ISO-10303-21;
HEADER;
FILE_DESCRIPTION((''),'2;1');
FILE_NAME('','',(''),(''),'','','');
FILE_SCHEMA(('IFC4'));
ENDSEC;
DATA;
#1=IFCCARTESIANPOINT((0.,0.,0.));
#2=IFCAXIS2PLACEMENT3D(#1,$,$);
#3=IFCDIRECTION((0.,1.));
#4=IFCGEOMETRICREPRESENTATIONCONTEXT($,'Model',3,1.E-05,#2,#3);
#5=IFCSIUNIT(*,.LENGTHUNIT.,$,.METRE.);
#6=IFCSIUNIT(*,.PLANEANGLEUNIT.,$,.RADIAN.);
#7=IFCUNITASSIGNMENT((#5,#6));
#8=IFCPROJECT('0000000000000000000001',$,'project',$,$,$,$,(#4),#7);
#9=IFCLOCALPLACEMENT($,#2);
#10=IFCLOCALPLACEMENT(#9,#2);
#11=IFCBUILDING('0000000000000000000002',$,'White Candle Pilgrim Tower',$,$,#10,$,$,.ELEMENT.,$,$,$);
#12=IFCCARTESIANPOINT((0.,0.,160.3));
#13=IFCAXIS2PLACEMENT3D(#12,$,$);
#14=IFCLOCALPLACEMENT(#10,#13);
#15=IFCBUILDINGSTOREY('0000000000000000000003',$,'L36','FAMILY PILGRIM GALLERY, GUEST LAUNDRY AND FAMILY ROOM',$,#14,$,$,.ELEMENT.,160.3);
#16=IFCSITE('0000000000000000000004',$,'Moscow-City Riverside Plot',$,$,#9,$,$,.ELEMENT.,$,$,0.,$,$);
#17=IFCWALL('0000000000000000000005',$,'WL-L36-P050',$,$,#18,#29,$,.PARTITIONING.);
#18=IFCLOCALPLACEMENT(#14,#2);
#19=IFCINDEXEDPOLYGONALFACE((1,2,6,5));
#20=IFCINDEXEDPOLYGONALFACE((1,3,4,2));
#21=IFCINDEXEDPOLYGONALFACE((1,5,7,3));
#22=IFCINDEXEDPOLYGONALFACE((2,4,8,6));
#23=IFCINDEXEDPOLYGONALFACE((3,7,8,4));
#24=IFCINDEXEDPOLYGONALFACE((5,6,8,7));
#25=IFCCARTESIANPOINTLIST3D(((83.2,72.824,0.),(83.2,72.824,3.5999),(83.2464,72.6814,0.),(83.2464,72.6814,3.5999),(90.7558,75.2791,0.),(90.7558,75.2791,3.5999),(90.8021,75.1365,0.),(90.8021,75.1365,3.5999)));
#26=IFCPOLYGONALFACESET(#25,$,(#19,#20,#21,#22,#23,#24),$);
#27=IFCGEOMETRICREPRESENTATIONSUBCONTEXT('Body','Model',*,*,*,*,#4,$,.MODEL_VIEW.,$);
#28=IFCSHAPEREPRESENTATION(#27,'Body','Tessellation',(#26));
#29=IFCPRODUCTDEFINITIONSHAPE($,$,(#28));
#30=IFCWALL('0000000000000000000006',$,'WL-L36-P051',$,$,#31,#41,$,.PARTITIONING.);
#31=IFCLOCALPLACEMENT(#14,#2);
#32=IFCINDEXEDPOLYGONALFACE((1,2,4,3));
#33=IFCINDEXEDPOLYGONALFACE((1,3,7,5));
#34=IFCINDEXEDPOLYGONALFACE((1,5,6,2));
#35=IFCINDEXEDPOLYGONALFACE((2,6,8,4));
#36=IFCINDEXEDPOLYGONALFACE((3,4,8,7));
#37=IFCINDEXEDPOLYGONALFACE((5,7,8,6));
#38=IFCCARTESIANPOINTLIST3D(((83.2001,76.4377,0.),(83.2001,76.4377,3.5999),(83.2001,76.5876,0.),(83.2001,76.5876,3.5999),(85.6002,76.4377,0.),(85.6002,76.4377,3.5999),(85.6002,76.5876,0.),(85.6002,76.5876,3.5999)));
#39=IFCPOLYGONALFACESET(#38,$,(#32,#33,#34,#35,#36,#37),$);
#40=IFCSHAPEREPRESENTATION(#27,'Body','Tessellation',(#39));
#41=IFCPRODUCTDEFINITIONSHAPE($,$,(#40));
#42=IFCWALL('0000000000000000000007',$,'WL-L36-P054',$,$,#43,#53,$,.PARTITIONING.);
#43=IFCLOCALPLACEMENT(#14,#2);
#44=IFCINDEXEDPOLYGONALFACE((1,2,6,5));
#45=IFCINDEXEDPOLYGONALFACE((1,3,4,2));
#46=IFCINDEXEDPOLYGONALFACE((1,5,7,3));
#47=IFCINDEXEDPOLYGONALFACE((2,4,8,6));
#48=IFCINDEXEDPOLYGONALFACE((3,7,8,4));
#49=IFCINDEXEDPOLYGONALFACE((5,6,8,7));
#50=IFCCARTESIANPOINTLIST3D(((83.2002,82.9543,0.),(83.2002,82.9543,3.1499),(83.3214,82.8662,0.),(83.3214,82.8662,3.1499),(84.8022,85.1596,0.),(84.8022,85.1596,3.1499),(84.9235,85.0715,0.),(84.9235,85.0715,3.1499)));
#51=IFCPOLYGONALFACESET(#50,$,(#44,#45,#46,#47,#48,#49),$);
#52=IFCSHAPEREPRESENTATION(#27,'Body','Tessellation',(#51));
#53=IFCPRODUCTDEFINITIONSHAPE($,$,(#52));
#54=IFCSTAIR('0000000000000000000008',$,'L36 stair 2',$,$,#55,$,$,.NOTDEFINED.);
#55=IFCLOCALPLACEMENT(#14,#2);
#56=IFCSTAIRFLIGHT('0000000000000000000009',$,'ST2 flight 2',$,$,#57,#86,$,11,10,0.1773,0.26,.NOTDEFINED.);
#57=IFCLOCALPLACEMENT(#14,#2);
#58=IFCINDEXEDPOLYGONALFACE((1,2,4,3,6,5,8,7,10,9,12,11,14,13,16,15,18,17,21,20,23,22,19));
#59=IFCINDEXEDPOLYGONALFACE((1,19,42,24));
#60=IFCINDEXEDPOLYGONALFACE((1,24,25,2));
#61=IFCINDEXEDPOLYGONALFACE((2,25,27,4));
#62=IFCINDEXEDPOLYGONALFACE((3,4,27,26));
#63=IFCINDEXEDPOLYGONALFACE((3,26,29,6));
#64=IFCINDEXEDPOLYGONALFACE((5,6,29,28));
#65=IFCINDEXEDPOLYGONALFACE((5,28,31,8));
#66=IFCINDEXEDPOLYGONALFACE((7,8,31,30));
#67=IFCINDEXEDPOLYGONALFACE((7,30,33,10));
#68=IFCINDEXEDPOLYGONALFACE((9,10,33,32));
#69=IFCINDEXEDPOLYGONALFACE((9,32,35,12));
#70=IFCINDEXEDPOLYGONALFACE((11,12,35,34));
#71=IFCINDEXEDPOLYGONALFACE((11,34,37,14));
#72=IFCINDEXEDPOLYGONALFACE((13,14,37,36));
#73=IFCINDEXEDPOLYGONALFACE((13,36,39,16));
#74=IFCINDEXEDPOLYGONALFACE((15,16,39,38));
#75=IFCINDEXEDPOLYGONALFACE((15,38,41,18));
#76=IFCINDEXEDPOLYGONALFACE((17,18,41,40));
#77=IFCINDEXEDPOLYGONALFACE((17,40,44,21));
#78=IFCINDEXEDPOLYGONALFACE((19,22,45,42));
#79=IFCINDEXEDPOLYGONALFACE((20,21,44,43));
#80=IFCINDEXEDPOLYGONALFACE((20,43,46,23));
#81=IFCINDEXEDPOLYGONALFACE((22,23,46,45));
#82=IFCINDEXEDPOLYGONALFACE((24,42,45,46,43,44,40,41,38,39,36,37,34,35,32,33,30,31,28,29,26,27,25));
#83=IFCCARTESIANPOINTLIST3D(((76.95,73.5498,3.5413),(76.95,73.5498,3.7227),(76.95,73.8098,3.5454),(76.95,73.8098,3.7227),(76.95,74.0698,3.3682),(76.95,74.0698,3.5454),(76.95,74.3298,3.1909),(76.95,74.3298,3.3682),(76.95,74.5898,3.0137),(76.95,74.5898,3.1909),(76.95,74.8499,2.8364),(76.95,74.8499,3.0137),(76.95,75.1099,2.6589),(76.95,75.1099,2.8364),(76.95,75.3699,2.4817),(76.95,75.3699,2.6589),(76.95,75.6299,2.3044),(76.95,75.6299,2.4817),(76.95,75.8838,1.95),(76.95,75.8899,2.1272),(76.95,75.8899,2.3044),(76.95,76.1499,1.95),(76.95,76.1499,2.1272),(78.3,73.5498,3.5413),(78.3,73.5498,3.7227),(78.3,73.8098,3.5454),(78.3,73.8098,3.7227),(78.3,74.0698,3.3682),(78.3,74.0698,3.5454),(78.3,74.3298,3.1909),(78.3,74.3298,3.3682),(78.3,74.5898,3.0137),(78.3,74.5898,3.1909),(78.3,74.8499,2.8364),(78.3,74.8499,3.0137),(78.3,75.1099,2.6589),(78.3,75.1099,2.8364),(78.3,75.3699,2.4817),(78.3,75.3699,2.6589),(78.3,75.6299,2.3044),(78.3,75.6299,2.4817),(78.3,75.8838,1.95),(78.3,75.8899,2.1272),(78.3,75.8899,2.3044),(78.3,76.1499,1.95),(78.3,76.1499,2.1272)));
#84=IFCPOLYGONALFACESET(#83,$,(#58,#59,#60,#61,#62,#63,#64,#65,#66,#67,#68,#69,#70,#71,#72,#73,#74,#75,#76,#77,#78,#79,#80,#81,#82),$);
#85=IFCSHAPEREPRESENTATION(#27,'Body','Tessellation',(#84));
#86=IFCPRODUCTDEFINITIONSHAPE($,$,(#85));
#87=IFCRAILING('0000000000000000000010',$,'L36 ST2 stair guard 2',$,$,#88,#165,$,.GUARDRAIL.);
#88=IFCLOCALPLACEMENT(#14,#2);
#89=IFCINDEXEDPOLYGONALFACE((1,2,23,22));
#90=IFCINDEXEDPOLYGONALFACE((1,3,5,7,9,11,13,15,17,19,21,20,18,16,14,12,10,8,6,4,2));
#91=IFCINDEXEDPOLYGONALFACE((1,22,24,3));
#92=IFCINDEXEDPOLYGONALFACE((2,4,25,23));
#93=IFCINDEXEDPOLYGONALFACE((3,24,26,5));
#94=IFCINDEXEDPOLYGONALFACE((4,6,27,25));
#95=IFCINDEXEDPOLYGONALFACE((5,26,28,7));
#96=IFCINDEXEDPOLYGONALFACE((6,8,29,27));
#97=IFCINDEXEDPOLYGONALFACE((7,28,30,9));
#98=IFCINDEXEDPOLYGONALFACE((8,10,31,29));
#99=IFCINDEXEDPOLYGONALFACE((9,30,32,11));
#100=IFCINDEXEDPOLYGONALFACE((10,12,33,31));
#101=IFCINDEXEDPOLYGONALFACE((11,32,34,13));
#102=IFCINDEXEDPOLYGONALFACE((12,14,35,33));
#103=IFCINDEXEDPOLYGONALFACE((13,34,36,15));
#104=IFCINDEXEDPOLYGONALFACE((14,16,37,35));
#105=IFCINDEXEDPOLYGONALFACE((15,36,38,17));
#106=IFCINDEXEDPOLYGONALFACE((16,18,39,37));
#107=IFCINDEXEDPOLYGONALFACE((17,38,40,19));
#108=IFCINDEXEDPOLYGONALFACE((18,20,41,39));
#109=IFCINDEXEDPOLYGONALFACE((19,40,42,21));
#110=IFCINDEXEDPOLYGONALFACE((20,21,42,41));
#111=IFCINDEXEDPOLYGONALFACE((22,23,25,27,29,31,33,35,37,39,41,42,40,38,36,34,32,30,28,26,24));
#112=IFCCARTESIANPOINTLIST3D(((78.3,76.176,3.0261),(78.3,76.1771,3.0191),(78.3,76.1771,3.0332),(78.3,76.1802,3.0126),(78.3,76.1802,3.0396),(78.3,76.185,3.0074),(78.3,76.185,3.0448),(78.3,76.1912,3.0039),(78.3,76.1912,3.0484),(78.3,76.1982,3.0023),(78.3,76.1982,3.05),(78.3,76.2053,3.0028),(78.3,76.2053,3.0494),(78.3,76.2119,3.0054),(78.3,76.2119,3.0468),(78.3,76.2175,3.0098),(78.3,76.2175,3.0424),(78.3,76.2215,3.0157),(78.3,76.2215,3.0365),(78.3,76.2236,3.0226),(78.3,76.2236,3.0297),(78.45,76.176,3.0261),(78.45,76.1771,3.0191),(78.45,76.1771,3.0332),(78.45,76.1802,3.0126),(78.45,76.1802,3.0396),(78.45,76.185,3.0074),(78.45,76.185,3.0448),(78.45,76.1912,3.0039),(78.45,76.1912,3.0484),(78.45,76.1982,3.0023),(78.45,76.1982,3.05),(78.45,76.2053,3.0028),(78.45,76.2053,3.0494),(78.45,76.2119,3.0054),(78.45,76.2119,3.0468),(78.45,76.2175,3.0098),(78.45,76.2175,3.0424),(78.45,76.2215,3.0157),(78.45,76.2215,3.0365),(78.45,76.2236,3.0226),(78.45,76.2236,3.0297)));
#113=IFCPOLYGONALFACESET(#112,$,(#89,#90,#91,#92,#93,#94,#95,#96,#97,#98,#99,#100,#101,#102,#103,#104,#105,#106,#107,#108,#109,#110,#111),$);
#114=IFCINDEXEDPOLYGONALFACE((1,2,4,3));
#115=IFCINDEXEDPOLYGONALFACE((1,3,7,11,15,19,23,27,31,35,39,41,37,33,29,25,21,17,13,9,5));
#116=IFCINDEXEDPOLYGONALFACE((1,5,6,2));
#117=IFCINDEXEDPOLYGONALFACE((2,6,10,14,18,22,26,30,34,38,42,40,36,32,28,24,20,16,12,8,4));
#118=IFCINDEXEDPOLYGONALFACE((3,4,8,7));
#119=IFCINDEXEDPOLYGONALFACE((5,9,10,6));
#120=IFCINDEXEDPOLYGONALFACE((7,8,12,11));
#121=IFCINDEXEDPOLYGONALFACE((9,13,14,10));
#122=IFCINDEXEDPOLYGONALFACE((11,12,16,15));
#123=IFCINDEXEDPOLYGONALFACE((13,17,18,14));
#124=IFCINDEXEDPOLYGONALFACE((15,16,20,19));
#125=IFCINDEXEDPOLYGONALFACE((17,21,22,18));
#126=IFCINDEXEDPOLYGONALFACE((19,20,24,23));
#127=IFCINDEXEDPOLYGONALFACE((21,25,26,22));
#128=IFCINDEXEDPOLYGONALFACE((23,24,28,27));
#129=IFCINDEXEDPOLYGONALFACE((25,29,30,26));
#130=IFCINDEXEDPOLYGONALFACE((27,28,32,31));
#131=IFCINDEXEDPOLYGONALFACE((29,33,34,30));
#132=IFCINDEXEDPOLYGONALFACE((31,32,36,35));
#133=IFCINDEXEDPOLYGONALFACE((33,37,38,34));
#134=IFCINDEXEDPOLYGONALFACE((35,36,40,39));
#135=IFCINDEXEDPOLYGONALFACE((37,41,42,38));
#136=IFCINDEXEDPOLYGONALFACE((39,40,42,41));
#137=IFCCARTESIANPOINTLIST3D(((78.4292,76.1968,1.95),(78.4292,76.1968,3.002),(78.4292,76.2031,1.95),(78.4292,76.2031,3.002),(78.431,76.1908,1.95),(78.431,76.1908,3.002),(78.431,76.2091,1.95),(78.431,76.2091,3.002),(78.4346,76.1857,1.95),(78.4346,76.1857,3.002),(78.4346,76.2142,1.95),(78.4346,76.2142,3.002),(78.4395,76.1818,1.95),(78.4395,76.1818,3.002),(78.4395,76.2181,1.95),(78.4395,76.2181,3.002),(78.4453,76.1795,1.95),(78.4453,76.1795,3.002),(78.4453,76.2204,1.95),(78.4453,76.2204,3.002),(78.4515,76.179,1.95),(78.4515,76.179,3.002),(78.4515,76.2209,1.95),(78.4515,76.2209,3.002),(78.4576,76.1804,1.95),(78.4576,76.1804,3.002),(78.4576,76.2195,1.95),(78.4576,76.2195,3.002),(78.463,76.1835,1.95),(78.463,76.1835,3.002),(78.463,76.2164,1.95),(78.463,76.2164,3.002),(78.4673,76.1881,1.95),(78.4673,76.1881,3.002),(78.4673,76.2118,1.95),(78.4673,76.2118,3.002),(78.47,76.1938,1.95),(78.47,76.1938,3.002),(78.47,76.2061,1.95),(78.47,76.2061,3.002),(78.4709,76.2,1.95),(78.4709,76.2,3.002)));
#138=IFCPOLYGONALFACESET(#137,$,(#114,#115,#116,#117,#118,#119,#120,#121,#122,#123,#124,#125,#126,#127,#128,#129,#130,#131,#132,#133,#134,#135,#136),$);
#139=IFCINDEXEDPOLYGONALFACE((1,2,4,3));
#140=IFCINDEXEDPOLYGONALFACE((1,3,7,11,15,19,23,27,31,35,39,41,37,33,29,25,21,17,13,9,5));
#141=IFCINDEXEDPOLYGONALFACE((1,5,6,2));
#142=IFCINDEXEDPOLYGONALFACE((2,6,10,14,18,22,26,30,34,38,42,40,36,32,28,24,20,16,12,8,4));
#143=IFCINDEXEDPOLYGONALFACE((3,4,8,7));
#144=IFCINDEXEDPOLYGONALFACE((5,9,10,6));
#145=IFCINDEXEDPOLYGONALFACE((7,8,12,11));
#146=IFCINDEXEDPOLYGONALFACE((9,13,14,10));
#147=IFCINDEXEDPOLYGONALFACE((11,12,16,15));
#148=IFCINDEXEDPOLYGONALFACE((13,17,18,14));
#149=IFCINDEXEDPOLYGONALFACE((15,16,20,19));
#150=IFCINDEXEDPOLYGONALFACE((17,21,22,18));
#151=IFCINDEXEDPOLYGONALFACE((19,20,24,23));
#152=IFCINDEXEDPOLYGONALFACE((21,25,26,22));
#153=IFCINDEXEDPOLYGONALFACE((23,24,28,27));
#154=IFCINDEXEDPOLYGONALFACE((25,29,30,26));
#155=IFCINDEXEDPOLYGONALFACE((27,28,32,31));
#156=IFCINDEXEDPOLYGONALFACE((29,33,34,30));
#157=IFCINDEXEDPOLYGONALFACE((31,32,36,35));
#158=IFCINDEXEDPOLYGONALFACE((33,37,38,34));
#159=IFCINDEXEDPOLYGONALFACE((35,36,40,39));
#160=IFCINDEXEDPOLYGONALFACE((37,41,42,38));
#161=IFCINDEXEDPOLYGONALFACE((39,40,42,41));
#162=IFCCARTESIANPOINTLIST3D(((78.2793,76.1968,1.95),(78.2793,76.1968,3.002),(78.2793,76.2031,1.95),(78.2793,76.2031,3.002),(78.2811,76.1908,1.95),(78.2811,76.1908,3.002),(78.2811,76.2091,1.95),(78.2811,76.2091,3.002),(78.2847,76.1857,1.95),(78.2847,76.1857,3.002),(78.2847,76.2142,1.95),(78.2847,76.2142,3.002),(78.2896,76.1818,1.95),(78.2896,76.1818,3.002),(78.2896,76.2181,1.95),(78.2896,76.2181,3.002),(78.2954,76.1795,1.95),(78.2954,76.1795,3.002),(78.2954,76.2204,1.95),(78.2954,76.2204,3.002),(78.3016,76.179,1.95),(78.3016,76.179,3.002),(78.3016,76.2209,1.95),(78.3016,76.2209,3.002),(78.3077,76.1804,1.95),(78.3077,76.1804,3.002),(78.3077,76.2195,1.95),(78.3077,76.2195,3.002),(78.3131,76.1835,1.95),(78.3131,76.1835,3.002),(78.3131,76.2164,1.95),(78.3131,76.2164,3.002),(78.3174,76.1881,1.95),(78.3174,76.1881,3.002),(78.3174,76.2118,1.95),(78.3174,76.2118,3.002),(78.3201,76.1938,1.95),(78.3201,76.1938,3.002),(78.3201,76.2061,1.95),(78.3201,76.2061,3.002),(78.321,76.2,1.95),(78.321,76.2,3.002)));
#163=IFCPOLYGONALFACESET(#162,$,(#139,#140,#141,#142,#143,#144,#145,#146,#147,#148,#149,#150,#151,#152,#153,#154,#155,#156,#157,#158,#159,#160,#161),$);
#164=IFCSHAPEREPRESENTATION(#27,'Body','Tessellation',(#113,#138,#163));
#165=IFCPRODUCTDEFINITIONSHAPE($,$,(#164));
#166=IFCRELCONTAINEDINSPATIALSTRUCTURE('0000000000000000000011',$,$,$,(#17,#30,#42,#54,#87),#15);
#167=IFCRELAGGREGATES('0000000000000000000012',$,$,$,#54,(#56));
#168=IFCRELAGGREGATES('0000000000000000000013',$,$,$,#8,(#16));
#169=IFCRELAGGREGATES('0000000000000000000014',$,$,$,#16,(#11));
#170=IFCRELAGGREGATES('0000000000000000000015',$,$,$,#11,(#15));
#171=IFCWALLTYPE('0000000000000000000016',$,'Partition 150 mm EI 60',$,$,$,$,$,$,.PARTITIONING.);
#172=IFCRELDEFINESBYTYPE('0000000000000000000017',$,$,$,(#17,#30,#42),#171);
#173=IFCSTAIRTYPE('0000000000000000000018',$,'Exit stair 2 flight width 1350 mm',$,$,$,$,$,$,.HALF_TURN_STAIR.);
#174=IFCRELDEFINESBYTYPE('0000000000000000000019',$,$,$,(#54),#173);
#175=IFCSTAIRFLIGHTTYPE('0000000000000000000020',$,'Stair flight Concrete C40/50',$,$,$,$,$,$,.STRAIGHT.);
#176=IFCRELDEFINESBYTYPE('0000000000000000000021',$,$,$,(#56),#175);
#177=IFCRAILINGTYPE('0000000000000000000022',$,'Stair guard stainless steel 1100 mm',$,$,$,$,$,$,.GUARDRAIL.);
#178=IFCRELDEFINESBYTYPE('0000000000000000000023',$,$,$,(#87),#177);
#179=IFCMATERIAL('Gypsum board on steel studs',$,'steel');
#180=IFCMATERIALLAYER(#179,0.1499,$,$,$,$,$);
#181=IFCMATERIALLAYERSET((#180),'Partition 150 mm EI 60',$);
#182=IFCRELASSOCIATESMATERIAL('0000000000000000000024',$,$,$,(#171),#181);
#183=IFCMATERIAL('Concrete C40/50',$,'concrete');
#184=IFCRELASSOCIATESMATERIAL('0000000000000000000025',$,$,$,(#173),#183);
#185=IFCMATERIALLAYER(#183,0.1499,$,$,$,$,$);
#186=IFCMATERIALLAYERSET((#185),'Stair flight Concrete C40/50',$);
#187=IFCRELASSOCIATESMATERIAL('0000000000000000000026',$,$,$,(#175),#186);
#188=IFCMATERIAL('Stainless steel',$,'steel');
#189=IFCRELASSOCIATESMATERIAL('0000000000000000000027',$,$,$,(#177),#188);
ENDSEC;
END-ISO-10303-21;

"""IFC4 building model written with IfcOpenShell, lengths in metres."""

from ifc_helpers import new_model, si_unit, direction, frame, frame_2d, origin, origin_2d, place, context, subcontext, project, spatial, polyline, rectangle, circle, outline, extrude, material, layer, layer_set, type_object, element, aggregate, save


model = new_model("IFC4")

# Units and contexts
model_context = context("Model", 3, precision=1e-05, world=origin(), true_north=direction((0.0, 1.0)))
body_context = subcontext(model_context, "Body", "Model", "MODEL_VIEW")
ifc_project = project(units=[si_unit("LENGTHUNIT", "METRE"), si_unit("PLANEANGLEUNIT", "RADIAN")], contexts=[model_context])

# Site, building, storey
site_placement = place(None, origin())
site = spatial("IfcSite", under=ifc_project, at=site_placement, Name="Moscow-City Riverside Plot", CompositionType="ELEMENT", RefElevation=0.0)
building_placement = place(site_placement, origin())
building = spatial("IfcBuilding", under=site, at=building_placement, Name="White Candle Pilgrim Tower", CompositionType="ELEMENT")
storey_placement = place(building_placement, frame((0.0, 0.0, 160.3)))
storey = spatial("IfcBuildingStorey", under=building, at=storey_placement, Name="L36", Description="FAMILY PILGRIM GALLERY, GUEST LAUNDRY AND FAMILY ROOM", CompositionType="ELEMENT", Elevation=160.3)

# Shared definitions
ifc_material_1 = material(Name="Gypsum board on steel studs", Category="steel")

# Walls
ifc_layer_1 = layer(ifc_material_1, 0.1499)
ifc_layer_set_1 = layer_set([ifc_layer_1], Name="Partition 150 mm EI 60")
wall_type_1 = type_object("IfcWallType", Name="Partition 150 mm EI 60", PredefinedType="PARTITIONING", material=ifc_layer_set_1)
wall_1_placement = place(storey_placement, frame((90.7788, 75.2078, 0.0), z_axis=(0.0, 0.0, 1.0), x_axis=(-0.951053, -0.309028, 0.0)))
element("IfcWall", 1, at=wall_1_placement, inside=storey, type_object=wall_type_1, Name="WL-L36-P050", PredefinedType="PARTITIONING", context=body_context, shape_type="SweptSolid", body=[
    extrude(rectangle(XDim=7.9446, YDim=0.1499, at=frame_2d((3.9722, 0.0))), origin(), (0.0, 0.0, 1.0), 3.5999),
])
wall_2_placement = place(storey_placement, frame((83.2, 76.5127, 0.0), z_axis=(0.0, 0.0, 1.0), x_axis=(1.0, 0.0, 0.0)))
element("IfcWall", 2, at=wall_2_placement, inside=storey, type_object=wall_type_1, Name="WL-L36-P051", PredefinedType="PARTITIONING", context=body_context, shape_type="SweptSolid", body=[
    extrude(rectangle(XDim=2.4001, YDim=0.1499, at=frame_2d((1.2002, 0.0))), origin(), (0.0, 0.0, 1.0), 3.5999),
])
wall_3_placement = place(storey_placement, frame((84.8628, 85.1155, 0.0), z_axis=(0.0, 0.0, 1.0), x_axis=(-0.587735, -0.809054, 0.0)))
element("IfcWall", 3, at=wall_3_placement, inside=storey, type_object=wall_type_1, Name="WL-L36-P054", PredefinedType="PARTITIONING", context=body_context, shape_type="SweptSolid", body=[
    extrude(rectangle(XDim=2.7258, YDim=0.1499, at=frame_2d((1.3628, 0.0))), origin(), (0.0, 0.0, 1.0), 3.1499),
])

# Stair, stair flight
ifc_material_2 = material(Name="Concrete C40/50", Category="concrete")
stair_type = type_object("IfcStairType", Name="Exit stair 2 flight width 1350 mm", PredefinedType="HALF_TURN_STAIR", material=ifc_material_2)
stair_placement = place(storey_placement, origin())
stair = element("IfcStair", 4, at=stair_placement, inside=storey, type_object=stair_type, Name="L36 stair 2", PredefinedType="NOTDEFINED")
ifc_layer_2 = layer(ifc_material_2, 0.1499)
ifc_layer_set_2 = layer_set([ifc_layer_2], Name="Stair flight Concrete C40/50")
stair_flight_type = type_object("IfcStairFlightType", Name="Stair flight Concrete C40/50", PredefinedType="STRAIGHT", material=ifc_layer_set_2)
stair_flight_placement = place(storey_placement, frame((77.625, 76.1499, 1.95), z_axis=(0.0, 0.0, 1.0), x_axis=(0.0, -1.0, 0.0)))
stair_flight = element("IfcStairFlight", 5, at=stair_flight_placement, type_object=stair_flight_type, Name="ST2 flight 2", NumberOfRisers=11, NumberOfTreads=10, PredefinedType="NOTDEFINED", RiserHeight=0.1773, TreadLength=0.26, context=body_context, shape_type="SweptSolid", body=[
    extrude(outline(polyline([(0.0, 0.0), (0.0, 0.1772), (0.26, 0.1772), (0.26, 0.3545), (0.52, 0.3545), (0.52, 0.5317), (0.78, 0.5317), (0.78, 0.709), (1.04, 0.709), (1.04, 0.8865), (1.3, 0.8865), (1.3, 1.0637), (1.5601, 1.0637), (1.5601, 1.241), (1.8201, 1.241), (1.8201, 1.4182), (2.0801, 1.4182), (2.0801, 1.5955), (2.3401, 1.5955), (2.3401, 1.7727), (2.6001, 1.7727), (2.6001, 1.95), (2.6001, 1.5913), (0.2661, 0.0), (0.0, 0.0)])), frame((0.0, 0.675, 0.0), z_axis=(0.0, -1.0, 0.0), x_axis=(1.0, 0.0, 0.0)), (0.0, 0.0, 1.0), 1.3501),
])
aggregate(stair, [stair_flight])

# Railing
ifc_material_3 = material(Name="Stainless steel", Category="steel")
railing_type_1 = type_object("IfcRailingType", Name="Stair guard stainless steel 1100 mm", PredefinedType="GUARDRAIL", material=ifc_material_3)
railing_1_placement = place(storey_placement, frame((78.45, 76.2, 1.95)))
element("IfcRailing", 6, at=railing_1_placement, inside=storey, type_object=railing_type_1, Name="L36 ST2 stair guard 2", PredefinedType="GUARDRAIL", context=body_context, shape_type="SweptSolid", body=[
    extrude(circle(Radius=0.0239, at=origin_2d()), frame((0.0, 0.0, 1.0762), z_axis=(-1.0, 0.0, 0.0), x_axis=(0.0, -1.0, 0.0)), (0.0, 0.0, 1.0), 0.1499),
    extrude(circle(Radius=0.021, at=origin_2d()), origin(), (0.0, 0.0, 1.0), 1.052),
    extrude(circle(Radius=0.021, at=origin_2d()), frame((-0.1499, 0.0, 0.0)), (0.0, 0.0, 1.0), 1.052),
])

save(model, "model.ifc")
